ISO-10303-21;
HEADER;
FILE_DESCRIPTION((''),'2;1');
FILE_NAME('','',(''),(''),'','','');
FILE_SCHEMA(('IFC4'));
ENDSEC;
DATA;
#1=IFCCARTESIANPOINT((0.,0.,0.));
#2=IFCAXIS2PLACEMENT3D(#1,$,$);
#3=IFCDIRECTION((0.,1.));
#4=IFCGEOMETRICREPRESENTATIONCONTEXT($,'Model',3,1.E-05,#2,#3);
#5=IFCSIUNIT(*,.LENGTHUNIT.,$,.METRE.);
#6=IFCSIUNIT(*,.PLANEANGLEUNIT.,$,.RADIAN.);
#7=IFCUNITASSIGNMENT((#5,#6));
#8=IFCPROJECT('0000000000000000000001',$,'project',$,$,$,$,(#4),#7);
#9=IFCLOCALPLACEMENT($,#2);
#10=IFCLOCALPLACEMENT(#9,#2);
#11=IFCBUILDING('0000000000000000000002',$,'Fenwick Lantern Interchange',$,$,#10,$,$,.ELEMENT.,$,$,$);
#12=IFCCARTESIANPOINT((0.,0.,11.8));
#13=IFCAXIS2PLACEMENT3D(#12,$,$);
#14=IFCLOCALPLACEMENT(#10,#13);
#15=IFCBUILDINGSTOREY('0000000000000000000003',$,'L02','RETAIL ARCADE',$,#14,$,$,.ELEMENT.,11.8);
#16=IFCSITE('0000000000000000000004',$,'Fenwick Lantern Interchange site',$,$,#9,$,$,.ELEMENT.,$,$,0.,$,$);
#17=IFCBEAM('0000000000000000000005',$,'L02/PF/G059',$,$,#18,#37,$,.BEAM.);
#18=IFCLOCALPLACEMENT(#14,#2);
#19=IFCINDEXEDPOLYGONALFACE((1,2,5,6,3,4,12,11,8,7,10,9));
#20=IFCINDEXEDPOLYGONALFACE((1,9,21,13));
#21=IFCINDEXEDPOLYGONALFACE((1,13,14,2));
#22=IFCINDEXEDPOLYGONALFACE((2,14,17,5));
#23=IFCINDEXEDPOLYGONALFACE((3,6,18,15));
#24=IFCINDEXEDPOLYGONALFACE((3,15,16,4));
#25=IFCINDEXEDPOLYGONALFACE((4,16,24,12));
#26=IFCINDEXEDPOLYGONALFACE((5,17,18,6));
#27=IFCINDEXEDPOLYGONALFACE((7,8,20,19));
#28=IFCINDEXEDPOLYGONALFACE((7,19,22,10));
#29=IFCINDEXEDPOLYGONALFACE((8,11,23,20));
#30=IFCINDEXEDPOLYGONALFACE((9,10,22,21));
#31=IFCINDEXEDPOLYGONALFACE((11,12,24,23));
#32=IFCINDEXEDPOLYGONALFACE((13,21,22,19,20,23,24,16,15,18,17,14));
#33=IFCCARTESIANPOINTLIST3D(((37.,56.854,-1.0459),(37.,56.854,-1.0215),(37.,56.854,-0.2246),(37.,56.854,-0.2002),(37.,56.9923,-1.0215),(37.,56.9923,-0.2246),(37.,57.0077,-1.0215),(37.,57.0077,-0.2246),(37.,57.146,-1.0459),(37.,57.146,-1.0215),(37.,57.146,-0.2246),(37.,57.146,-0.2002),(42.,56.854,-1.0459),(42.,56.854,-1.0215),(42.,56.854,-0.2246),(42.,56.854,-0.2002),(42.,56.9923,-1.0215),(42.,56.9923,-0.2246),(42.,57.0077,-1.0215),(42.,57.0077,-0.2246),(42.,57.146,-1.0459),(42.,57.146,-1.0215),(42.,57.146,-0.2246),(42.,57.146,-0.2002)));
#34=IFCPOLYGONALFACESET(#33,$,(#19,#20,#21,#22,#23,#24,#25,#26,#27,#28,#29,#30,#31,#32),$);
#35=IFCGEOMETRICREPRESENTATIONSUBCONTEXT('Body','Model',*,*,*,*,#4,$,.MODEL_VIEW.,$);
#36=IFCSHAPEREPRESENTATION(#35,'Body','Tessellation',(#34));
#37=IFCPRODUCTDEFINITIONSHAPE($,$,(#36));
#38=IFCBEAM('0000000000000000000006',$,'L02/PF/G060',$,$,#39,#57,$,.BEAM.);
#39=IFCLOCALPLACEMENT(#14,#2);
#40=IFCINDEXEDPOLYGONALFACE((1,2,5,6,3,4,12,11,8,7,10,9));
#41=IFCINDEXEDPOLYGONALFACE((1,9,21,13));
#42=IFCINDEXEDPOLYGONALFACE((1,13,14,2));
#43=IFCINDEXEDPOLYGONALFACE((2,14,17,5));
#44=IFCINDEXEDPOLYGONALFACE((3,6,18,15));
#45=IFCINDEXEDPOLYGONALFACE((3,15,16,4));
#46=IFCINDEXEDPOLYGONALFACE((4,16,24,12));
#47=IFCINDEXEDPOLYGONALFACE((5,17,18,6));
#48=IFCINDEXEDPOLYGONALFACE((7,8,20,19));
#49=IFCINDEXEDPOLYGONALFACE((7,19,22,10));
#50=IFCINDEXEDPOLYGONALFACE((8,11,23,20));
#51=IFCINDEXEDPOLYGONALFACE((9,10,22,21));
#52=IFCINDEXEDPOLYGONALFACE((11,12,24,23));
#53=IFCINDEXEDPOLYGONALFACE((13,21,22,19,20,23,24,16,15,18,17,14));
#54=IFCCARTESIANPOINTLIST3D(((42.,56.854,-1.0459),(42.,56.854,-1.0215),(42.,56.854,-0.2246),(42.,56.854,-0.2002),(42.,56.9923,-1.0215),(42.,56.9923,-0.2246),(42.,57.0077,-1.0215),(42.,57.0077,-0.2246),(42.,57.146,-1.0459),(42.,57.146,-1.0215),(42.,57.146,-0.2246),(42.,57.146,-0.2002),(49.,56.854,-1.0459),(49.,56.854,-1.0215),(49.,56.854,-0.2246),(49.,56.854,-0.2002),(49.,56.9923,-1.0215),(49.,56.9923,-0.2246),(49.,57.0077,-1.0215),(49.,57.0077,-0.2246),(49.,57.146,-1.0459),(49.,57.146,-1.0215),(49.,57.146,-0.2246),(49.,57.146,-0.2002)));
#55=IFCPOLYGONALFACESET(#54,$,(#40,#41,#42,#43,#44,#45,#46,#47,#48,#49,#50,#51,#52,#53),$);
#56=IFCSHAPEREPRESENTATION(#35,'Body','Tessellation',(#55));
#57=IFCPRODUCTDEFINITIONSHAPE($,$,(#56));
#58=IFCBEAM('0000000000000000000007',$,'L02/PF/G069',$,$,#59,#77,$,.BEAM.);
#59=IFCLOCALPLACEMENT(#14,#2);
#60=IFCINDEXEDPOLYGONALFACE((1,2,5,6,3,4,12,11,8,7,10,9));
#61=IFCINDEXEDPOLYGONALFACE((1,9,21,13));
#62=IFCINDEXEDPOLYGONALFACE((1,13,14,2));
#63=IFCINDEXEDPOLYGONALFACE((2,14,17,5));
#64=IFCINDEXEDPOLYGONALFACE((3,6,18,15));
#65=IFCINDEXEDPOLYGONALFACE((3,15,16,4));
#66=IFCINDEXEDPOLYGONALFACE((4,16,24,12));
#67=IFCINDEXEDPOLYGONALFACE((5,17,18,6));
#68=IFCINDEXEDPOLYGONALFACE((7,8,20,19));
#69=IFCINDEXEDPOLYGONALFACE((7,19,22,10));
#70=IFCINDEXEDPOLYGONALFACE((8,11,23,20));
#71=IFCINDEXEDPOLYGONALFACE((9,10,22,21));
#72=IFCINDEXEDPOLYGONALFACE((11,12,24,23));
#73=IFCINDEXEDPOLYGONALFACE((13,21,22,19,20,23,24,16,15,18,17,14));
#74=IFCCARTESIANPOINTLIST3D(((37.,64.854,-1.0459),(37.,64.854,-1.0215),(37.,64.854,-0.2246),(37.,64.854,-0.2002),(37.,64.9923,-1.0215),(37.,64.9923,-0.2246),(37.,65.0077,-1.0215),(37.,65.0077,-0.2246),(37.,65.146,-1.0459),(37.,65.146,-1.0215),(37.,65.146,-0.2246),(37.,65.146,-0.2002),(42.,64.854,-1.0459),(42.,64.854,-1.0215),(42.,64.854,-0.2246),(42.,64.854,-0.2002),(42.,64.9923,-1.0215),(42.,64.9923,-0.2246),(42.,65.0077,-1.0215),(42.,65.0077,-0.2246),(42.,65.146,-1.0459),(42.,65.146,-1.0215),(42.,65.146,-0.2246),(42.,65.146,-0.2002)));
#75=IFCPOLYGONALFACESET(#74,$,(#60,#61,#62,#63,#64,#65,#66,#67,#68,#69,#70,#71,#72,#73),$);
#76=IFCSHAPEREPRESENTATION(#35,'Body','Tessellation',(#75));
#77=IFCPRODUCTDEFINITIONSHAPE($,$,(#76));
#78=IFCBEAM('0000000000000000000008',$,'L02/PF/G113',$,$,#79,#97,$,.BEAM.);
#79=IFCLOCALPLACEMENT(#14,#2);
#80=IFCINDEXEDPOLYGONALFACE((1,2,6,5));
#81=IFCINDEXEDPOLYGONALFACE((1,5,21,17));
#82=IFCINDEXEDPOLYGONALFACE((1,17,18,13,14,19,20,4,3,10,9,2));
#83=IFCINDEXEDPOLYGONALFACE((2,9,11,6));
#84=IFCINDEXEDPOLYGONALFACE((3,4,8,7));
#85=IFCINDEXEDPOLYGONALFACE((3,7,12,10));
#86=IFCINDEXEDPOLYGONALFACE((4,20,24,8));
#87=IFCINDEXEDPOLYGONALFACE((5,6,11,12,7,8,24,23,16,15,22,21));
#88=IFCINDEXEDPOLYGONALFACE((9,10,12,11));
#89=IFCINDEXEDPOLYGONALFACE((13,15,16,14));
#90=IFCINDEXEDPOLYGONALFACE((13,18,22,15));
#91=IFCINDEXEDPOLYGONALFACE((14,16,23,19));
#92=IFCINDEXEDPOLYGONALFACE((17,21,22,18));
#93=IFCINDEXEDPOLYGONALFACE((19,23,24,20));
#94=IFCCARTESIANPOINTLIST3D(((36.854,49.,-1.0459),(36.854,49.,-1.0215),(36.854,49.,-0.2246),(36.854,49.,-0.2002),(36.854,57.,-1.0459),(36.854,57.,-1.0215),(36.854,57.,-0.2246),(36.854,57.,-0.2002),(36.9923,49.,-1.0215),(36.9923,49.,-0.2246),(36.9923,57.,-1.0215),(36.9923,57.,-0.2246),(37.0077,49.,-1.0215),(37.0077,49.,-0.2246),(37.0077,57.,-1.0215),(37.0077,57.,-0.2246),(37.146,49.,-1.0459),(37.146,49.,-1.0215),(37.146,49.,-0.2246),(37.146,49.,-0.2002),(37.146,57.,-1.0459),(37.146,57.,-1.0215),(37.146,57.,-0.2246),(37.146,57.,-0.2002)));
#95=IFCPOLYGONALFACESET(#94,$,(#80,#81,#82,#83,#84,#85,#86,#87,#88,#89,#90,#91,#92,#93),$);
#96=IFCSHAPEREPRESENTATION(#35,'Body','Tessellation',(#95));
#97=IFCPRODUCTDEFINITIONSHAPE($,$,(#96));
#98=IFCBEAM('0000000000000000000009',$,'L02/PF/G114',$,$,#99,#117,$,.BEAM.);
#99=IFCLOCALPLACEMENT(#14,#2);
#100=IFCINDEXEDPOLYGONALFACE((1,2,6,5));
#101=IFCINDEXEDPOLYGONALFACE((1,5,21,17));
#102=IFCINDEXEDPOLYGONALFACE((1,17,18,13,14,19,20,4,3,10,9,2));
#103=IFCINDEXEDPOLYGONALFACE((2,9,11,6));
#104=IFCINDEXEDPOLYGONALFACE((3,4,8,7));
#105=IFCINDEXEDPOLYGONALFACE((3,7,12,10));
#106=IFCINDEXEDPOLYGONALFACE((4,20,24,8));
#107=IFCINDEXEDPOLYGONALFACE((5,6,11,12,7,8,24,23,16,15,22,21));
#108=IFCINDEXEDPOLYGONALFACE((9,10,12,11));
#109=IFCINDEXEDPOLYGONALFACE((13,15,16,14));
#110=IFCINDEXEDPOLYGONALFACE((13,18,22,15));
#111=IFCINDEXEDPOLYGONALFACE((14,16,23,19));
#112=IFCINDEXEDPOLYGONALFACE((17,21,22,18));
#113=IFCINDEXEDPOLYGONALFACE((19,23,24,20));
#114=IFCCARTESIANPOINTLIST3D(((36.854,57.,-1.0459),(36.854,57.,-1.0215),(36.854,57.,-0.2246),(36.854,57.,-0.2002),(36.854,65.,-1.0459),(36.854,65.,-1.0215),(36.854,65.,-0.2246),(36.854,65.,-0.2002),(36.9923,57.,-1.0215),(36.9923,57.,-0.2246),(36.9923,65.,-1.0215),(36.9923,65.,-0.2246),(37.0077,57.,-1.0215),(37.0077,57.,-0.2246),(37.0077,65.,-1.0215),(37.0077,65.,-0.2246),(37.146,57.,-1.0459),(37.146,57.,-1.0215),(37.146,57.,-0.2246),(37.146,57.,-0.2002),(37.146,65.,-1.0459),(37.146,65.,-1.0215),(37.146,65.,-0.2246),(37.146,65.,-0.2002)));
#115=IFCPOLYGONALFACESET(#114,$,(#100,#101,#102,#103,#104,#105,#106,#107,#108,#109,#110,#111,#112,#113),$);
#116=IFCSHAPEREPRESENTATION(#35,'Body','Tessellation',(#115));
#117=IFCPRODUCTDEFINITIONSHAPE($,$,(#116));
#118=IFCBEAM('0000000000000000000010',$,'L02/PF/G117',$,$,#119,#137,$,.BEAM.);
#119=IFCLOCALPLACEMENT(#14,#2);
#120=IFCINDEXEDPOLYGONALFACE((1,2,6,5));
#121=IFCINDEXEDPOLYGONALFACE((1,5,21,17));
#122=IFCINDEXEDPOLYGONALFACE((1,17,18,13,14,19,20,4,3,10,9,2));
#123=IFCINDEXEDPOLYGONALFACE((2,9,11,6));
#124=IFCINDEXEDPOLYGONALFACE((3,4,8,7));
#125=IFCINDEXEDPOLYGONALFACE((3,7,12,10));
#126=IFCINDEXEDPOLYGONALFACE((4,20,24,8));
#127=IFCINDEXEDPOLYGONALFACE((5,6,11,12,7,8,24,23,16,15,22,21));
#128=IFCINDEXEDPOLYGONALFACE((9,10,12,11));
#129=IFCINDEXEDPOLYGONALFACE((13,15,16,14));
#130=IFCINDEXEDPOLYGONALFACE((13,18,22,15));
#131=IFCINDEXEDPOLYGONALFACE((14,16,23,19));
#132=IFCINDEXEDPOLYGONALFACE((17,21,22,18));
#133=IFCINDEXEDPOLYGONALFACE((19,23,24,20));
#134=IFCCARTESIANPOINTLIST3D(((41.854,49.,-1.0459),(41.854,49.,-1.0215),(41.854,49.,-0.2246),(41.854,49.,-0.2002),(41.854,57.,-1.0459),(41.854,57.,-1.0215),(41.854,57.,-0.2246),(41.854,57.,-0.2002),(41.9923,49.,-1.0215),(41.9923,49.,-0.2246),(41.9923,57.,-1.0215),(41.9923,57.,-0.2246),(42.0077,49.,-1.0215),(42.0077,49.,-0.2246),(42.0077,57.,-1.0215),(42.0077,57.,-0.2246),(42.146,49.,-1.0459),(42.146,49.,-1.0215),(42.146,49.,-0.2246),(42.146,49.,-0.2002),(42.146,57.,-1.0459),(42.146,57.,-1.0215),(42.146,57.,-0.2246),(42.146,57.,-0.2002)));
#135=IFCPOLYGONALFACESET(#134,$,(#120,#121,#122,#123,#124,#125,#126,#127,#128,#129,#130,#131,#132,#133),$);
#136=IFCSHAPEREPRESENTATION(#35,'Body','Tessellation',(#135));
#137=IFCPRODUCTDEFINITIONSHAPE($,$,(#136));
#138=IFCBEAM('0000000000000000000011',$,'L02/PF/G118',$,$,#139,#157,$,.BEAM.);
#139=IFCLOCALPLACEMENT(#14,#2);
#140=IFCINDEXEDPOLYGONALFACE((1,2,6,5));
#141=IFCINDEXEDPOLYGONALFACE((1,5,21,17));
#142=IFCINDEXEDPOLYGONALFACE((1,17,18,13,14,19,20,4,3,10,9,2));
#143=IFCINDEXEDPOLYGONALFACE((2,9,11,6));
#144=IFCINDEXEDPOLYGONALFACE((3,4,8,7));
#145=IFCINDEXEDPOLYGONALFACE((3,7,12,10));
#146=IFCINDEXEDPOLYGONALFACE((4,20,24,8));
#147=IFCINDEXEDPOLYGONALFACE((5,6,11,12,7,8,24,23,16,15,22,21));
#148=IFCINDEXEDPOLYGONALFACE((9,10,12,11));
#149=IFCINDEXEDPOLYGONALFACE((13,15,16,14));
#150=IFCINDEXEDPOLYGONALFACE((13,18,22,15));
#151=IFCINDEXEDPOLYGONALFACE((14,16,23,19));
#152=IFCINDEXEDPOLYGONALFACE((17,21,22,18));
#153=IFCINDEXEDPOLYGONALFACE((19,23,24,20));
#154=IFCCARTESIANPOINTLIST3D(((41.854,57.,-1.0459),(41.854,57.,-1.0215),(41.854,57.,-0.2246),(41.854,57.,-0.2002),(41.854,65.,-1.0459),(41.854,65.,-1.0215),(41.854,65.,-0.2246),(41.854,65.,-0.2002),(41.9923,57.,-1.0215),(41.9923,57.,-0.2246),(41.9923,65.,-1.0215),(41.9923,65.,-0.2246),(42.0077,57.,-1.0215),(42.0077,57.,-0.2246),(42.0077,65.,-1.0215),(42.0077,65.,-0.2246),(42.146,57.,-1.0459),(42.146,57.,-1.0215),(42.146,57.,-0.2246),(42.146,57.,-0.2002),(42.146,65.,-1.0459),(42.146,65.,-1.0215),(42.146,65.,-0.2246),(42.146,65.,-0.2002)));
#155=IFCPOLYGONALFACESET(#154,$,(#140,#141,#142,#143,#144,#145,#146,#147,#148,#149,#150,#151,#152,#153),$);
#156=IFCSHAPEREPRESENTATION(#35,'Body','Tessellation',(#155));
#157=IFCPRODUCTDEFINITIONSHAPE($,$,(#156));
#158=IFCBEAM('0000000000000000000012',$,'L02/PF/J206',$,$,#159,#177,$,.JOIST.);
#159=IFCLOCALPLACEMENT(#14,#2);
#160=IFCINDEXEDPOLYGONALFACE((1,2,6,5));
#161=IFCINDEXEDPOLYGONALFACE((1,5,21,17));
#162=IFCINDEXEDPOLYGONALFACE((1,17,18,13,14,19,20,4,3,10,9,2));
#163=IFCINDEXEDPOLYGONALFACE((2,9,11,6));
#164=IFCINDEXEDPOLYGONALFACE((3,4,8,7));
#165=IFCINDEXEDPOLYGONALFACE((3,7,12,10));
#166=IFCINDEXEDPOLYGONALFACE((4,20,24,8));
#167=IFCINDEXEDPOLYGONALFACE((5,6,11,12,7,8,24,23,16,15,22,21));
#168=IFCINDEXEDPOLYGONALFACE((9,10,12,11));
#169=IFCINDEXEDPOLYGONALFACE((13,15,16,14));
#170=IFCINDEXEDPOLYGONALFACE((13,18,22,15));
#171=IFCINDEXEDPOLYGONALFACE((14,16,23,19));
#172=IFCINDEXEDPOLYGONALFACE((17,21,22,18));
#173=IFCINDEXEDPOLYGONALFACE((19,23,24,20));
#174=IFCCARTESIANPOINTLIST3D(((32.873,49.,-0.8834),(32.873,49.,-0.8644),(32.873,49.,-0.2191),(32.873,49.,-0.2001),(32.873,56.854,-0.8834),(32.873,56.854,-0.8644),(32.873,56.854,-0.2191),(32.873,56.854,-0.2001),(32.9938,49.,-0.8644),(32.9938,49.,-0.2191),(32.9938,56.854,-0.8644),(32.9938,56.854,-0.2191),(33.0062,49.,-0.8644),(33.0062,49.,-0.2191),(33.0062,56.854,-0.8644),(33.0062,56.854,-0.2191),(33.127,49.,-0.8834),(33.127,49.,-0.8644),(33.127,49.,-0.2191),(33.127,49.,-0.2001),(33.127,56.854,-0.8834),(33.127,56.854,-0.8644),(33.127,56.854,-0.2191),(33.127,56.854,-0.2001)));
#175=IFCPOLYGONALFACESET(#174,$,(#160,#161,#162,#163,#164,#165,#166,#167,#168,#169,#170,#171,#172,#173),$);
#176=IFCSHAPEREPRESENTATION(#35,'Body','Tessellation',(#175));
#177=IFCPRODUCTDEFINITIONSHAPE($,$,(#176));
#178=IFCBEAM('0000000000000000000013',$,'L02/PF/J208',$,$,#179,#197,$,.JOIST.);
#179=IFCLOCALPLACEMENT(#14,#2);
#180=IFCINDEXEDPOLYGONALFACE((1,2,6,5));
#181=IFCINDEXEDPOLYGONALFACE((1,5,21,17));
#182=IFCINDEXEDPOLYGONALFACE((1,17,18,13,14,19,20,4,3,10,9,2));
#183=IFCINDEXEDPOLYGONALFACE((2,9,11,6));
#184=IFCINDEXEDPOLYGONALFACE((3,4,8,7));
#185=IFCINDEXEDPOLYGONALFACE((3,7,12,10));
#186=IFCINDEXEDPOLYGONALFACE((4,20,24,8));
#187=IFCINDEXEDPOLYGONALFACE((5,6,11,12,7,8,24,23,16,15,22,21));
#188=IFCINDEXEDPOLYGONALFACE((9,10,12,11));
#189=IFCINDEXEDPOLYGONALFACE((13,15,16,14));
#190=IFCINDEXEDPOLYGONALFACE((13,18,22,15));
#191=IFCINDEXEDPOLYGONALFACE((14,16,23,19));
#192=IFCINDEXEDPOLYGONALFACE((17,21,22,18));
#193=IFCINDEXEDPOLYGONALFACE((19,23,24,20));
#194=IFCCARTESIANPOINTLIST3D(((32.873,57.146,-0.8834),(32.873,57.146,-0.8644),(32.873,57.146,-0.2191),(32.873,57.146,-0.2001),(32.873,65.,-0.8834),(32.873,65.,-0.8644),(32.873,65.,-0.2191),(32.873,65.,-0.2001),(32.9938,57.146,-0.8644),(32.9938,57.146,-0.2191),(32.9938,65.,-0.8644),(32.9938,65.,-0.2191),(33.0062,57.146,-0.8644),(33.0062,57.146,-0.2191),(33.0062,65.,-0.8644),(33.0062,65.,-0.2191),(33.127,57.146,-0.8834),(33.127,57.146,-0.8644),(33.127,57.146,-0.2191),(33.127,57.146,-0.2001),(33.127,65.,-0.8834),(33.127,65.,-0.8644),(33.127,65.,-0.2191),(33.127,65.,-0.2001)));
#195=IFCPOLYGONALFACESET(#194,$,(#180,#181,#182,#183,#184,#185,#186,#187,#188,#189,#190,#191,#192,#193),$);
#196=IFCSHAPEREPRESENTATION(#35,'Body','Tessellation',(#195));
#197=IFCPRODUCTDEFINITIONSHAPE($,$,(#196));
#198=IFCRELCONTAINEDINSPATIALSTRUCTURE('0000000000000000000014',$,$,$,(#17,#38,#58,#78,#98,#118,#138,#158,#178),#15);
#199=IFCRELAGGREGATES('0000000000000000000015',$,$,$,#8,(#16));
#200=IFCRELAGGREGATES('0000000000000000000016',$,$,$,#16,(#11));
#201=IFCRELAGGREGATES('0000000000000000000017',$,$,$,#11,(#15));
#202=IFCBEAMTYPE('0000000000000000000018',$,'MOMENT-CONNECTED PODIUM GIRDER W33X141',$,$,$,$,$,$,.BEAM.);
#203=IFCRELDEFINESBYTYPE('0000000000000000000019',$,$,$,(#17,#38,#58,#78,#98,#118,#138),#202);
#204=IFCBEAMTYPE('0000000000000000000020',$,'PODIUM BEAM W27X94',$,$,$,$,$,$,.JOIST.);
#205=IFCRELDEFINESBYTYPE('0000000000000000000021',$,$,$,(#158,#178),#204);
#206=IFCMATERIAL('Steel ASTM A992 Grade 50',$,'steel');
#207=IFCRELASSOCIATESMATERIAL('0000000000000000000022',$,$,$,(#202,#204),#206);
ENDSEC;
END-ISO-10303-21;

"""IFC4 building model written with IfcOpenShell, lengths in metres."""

from ifc_helpers import new_model, si_unit, direction, frame, origin, origin_2d, place, context, subcontext, project, spatial, i_section, extrude, material, material_profile, profile_set, type_object, element, save


model = new_model("IFC4")

# Units and contexts
model_context = context("Model", 3, precision=1e-05, world=origin(), true_north=direction((0.0, 1.0)))
body_context = subcontext(model_context, "Body", "Model", "MODEL_VIEW")
ifc_project = project(units=[si_unit("LENGTHUNIT", "METRE"), si_unit("PLANEANGLEUNIT", "RADIAN")], contexts=[model_context])

# Site, building, storey
site_placement = place(None, origin())
site = spatial("IfcSite", under=ifc_project, at=site_placement, Name="Fenwick Lantern Interchange site", CompositionType="ELEMENT", RefElevation=0.0)
building_placement = place(site_placement, origin())
building = spatial("IfcBuilding", under=site, at=building_placement, Name="Fenwick Lantern Interchange", CompositionType="ELEMENT")
storey_placement = place(building_placement, frame((0.0, 0.0, 11.8)))
storey = spatial("IfcBuildingStorey", under=building, at=storey_placement, Name="L02", Description="RETAIL ARCADE", CompositionType="ELEMENT", Elevation=11.8)

# Shared definitions
ifc_material_1 = material(Name="Steel ASTM A992 Grade 50", Category="steel")

# Beams
ifc_material_profile_1 = material_profile(ifc_material_1, i_section(OverallWidth=0.292, OverallDepth=0.8457, WebThickness=0.0154, FlangeThickness=0.0244, at=origin_2d()), Name="W33X141")
ifc_profile_set_1 = profile_set([ifc_material_profile_1], Name="Steel ASTM A992 Grade 50")
beam_type_1 = type_object("IfcBeamType", Name="MOMENT-CONNECTED PODIUM GIRDER W33X141", PredefinedType="BEAM", material=ifc_profile_set_1)
beam_1_placement = place(storey_placement, frame((37.0, 57.0, -0.623), z_axis=(1.0, 0.0, 0.0), x_axis=(0.0, 1.0, 0.0)))
element("IfcBeam", 1, at=beam_1_placement, inside=storey, type_object=beam_type_1, Name="L02/PF/G059", PredefinedType="BEAM", context=body_context, shape_type="SweptSolid", body=[
    extrude(i_section(OverallWidth=0.292, OverallDepth=0.8457, WebThickness=0.0154, FlangeThickness=0.0244, at=origin_2d()), origin(), (0.0, 0.0, 1.0), 5.0),
])
beam_2_placement = place(storey_placement, frame((42.0, 57.0, -0.623), z_axis=(1.0, 0.0, 0.0), x_axis=(0.0, 1.0, 0.0)))
element("IfcBeam", 2, at=beam_2_placement, inside=storey, type_object=beam_type_1, Name="L02/PF/G060", PredefinedType="BEAM", context=body_context, shape_type="SweptSolid", body=[
    extrude(i_section(OverallWidth=0.292, OverallDepth=0.8457, WebThickness=0.0154, FlangeThickness=0.0244, at=origin_2d()), origin(), (0.0, 0.0, 1.0), 7.0),
])
beam_3_placement = place(storey_placement, frame((37.0, 65.0, -0.623), z_axis=(1.0, 0.0, 0.0), x_axis=(0.0, 1.0, 0.0)))
element("IfcBeam", 3, at=beam_3_placement, inside=storey, type_object=beam_type_1, Name="L02/PF/G069", PredefinedType="BEAM", context=body_context, shape_type="SweptSolid", body=[
    extrude(i_section(OverallWidth=0.292, OverallDepth=0.8457, WebThickness=0.0154, FlangeThickness=0.0244, at=origin_2d()), origin(), (0.0, 0.0, 1.0), 5.0),
])
for number, where, z_axis, x_axis, name in (
    (4, (37.0, 49.0, -0.623), (0.0, 1.0, 0.0), (-1.0, 0.0, 0.0), "L02/PF/G113"),
    (5, (37.0, 57.0, -0.623), (0.0, 1.0, 0.0), (-1.0, 0.0, 0.0), "L02/PF/G114"),
    (6, (42.0, 49.0, -0.623), (0.0, 1.0, 0.0), (-1.0, 0.0, 0.0), "L02/PF/G117"),
    (7, (42.0, 57.0, -0.623), (0.0, 1.0, 0.0), (-1.0, 0.0, 0.0), "L02/PF/G118"),
):
    element("IfcBeam", number, at=place(storey_placement, frame(where, z_axis=z_axis, x_axis=x_axis)), inside=storey, type_object=beam_type_1, Name=name, PredefinedType="BEAM", context=body_context, shape_type="SweptSolid", body=[
        extrude(i_section(OverallWidth=0.292, OverallDepth=0.8457, WebThickness=0.0154, FlangeThickness=0.0244, at=origin_2d()), origin(), (0.0, 0.0, 1.0), 8.0),
    ])
ifc_material_profile_2 = material_profile(ifc_material_1, i_section(OverallWidth=0.2539, OverallDepth=0.6833, WebThickness=0.0125, FlangeThickness=0.019, at=origin_2d()), Name="W27X94")
ifc_profile_set_2 = profile_set([ifc_material_profile_2], Name="Steel ASTM A992 Grade 50")
beam_type_2 = type_object("IfcBeamType", Name="PODIUM BEAM W27X94", PredefinedType="JOIST", material=ifc_profile_set_2)
for number, where, z_axis, x_axis, name in (
    (8, (33.0, 49.0, -0.5417), (0.0, 1.0, 0.0), (-1.0, 0.0, 0.0), "L02/PF/J206"),
    (9, (33.0, 57.146, -0.5417), (0.0, 1.0, 0.0), (-1.0, 0.0, 0.0), "L02/PF/J208"),
):
    element("IfcBeam", number, at=place(storey_placement, frame(where, z_axis=z_axis, x_axis=x_axis)), inside=storey, type_object=beam_type_2, Name=name, PredefinedType="JOIST", context=body_context, shape_type="SweptSolid", body=[
        extrude(i_section(OverallWidth=0.2539, OverallDepth=0.6833, WebThickness=0.0125, FlangeThickness=0.019, at=origin_2d()), origin(), (0.0, 0.0, 1.0), 7.854),
    ])

save(model, "model.ifc")
